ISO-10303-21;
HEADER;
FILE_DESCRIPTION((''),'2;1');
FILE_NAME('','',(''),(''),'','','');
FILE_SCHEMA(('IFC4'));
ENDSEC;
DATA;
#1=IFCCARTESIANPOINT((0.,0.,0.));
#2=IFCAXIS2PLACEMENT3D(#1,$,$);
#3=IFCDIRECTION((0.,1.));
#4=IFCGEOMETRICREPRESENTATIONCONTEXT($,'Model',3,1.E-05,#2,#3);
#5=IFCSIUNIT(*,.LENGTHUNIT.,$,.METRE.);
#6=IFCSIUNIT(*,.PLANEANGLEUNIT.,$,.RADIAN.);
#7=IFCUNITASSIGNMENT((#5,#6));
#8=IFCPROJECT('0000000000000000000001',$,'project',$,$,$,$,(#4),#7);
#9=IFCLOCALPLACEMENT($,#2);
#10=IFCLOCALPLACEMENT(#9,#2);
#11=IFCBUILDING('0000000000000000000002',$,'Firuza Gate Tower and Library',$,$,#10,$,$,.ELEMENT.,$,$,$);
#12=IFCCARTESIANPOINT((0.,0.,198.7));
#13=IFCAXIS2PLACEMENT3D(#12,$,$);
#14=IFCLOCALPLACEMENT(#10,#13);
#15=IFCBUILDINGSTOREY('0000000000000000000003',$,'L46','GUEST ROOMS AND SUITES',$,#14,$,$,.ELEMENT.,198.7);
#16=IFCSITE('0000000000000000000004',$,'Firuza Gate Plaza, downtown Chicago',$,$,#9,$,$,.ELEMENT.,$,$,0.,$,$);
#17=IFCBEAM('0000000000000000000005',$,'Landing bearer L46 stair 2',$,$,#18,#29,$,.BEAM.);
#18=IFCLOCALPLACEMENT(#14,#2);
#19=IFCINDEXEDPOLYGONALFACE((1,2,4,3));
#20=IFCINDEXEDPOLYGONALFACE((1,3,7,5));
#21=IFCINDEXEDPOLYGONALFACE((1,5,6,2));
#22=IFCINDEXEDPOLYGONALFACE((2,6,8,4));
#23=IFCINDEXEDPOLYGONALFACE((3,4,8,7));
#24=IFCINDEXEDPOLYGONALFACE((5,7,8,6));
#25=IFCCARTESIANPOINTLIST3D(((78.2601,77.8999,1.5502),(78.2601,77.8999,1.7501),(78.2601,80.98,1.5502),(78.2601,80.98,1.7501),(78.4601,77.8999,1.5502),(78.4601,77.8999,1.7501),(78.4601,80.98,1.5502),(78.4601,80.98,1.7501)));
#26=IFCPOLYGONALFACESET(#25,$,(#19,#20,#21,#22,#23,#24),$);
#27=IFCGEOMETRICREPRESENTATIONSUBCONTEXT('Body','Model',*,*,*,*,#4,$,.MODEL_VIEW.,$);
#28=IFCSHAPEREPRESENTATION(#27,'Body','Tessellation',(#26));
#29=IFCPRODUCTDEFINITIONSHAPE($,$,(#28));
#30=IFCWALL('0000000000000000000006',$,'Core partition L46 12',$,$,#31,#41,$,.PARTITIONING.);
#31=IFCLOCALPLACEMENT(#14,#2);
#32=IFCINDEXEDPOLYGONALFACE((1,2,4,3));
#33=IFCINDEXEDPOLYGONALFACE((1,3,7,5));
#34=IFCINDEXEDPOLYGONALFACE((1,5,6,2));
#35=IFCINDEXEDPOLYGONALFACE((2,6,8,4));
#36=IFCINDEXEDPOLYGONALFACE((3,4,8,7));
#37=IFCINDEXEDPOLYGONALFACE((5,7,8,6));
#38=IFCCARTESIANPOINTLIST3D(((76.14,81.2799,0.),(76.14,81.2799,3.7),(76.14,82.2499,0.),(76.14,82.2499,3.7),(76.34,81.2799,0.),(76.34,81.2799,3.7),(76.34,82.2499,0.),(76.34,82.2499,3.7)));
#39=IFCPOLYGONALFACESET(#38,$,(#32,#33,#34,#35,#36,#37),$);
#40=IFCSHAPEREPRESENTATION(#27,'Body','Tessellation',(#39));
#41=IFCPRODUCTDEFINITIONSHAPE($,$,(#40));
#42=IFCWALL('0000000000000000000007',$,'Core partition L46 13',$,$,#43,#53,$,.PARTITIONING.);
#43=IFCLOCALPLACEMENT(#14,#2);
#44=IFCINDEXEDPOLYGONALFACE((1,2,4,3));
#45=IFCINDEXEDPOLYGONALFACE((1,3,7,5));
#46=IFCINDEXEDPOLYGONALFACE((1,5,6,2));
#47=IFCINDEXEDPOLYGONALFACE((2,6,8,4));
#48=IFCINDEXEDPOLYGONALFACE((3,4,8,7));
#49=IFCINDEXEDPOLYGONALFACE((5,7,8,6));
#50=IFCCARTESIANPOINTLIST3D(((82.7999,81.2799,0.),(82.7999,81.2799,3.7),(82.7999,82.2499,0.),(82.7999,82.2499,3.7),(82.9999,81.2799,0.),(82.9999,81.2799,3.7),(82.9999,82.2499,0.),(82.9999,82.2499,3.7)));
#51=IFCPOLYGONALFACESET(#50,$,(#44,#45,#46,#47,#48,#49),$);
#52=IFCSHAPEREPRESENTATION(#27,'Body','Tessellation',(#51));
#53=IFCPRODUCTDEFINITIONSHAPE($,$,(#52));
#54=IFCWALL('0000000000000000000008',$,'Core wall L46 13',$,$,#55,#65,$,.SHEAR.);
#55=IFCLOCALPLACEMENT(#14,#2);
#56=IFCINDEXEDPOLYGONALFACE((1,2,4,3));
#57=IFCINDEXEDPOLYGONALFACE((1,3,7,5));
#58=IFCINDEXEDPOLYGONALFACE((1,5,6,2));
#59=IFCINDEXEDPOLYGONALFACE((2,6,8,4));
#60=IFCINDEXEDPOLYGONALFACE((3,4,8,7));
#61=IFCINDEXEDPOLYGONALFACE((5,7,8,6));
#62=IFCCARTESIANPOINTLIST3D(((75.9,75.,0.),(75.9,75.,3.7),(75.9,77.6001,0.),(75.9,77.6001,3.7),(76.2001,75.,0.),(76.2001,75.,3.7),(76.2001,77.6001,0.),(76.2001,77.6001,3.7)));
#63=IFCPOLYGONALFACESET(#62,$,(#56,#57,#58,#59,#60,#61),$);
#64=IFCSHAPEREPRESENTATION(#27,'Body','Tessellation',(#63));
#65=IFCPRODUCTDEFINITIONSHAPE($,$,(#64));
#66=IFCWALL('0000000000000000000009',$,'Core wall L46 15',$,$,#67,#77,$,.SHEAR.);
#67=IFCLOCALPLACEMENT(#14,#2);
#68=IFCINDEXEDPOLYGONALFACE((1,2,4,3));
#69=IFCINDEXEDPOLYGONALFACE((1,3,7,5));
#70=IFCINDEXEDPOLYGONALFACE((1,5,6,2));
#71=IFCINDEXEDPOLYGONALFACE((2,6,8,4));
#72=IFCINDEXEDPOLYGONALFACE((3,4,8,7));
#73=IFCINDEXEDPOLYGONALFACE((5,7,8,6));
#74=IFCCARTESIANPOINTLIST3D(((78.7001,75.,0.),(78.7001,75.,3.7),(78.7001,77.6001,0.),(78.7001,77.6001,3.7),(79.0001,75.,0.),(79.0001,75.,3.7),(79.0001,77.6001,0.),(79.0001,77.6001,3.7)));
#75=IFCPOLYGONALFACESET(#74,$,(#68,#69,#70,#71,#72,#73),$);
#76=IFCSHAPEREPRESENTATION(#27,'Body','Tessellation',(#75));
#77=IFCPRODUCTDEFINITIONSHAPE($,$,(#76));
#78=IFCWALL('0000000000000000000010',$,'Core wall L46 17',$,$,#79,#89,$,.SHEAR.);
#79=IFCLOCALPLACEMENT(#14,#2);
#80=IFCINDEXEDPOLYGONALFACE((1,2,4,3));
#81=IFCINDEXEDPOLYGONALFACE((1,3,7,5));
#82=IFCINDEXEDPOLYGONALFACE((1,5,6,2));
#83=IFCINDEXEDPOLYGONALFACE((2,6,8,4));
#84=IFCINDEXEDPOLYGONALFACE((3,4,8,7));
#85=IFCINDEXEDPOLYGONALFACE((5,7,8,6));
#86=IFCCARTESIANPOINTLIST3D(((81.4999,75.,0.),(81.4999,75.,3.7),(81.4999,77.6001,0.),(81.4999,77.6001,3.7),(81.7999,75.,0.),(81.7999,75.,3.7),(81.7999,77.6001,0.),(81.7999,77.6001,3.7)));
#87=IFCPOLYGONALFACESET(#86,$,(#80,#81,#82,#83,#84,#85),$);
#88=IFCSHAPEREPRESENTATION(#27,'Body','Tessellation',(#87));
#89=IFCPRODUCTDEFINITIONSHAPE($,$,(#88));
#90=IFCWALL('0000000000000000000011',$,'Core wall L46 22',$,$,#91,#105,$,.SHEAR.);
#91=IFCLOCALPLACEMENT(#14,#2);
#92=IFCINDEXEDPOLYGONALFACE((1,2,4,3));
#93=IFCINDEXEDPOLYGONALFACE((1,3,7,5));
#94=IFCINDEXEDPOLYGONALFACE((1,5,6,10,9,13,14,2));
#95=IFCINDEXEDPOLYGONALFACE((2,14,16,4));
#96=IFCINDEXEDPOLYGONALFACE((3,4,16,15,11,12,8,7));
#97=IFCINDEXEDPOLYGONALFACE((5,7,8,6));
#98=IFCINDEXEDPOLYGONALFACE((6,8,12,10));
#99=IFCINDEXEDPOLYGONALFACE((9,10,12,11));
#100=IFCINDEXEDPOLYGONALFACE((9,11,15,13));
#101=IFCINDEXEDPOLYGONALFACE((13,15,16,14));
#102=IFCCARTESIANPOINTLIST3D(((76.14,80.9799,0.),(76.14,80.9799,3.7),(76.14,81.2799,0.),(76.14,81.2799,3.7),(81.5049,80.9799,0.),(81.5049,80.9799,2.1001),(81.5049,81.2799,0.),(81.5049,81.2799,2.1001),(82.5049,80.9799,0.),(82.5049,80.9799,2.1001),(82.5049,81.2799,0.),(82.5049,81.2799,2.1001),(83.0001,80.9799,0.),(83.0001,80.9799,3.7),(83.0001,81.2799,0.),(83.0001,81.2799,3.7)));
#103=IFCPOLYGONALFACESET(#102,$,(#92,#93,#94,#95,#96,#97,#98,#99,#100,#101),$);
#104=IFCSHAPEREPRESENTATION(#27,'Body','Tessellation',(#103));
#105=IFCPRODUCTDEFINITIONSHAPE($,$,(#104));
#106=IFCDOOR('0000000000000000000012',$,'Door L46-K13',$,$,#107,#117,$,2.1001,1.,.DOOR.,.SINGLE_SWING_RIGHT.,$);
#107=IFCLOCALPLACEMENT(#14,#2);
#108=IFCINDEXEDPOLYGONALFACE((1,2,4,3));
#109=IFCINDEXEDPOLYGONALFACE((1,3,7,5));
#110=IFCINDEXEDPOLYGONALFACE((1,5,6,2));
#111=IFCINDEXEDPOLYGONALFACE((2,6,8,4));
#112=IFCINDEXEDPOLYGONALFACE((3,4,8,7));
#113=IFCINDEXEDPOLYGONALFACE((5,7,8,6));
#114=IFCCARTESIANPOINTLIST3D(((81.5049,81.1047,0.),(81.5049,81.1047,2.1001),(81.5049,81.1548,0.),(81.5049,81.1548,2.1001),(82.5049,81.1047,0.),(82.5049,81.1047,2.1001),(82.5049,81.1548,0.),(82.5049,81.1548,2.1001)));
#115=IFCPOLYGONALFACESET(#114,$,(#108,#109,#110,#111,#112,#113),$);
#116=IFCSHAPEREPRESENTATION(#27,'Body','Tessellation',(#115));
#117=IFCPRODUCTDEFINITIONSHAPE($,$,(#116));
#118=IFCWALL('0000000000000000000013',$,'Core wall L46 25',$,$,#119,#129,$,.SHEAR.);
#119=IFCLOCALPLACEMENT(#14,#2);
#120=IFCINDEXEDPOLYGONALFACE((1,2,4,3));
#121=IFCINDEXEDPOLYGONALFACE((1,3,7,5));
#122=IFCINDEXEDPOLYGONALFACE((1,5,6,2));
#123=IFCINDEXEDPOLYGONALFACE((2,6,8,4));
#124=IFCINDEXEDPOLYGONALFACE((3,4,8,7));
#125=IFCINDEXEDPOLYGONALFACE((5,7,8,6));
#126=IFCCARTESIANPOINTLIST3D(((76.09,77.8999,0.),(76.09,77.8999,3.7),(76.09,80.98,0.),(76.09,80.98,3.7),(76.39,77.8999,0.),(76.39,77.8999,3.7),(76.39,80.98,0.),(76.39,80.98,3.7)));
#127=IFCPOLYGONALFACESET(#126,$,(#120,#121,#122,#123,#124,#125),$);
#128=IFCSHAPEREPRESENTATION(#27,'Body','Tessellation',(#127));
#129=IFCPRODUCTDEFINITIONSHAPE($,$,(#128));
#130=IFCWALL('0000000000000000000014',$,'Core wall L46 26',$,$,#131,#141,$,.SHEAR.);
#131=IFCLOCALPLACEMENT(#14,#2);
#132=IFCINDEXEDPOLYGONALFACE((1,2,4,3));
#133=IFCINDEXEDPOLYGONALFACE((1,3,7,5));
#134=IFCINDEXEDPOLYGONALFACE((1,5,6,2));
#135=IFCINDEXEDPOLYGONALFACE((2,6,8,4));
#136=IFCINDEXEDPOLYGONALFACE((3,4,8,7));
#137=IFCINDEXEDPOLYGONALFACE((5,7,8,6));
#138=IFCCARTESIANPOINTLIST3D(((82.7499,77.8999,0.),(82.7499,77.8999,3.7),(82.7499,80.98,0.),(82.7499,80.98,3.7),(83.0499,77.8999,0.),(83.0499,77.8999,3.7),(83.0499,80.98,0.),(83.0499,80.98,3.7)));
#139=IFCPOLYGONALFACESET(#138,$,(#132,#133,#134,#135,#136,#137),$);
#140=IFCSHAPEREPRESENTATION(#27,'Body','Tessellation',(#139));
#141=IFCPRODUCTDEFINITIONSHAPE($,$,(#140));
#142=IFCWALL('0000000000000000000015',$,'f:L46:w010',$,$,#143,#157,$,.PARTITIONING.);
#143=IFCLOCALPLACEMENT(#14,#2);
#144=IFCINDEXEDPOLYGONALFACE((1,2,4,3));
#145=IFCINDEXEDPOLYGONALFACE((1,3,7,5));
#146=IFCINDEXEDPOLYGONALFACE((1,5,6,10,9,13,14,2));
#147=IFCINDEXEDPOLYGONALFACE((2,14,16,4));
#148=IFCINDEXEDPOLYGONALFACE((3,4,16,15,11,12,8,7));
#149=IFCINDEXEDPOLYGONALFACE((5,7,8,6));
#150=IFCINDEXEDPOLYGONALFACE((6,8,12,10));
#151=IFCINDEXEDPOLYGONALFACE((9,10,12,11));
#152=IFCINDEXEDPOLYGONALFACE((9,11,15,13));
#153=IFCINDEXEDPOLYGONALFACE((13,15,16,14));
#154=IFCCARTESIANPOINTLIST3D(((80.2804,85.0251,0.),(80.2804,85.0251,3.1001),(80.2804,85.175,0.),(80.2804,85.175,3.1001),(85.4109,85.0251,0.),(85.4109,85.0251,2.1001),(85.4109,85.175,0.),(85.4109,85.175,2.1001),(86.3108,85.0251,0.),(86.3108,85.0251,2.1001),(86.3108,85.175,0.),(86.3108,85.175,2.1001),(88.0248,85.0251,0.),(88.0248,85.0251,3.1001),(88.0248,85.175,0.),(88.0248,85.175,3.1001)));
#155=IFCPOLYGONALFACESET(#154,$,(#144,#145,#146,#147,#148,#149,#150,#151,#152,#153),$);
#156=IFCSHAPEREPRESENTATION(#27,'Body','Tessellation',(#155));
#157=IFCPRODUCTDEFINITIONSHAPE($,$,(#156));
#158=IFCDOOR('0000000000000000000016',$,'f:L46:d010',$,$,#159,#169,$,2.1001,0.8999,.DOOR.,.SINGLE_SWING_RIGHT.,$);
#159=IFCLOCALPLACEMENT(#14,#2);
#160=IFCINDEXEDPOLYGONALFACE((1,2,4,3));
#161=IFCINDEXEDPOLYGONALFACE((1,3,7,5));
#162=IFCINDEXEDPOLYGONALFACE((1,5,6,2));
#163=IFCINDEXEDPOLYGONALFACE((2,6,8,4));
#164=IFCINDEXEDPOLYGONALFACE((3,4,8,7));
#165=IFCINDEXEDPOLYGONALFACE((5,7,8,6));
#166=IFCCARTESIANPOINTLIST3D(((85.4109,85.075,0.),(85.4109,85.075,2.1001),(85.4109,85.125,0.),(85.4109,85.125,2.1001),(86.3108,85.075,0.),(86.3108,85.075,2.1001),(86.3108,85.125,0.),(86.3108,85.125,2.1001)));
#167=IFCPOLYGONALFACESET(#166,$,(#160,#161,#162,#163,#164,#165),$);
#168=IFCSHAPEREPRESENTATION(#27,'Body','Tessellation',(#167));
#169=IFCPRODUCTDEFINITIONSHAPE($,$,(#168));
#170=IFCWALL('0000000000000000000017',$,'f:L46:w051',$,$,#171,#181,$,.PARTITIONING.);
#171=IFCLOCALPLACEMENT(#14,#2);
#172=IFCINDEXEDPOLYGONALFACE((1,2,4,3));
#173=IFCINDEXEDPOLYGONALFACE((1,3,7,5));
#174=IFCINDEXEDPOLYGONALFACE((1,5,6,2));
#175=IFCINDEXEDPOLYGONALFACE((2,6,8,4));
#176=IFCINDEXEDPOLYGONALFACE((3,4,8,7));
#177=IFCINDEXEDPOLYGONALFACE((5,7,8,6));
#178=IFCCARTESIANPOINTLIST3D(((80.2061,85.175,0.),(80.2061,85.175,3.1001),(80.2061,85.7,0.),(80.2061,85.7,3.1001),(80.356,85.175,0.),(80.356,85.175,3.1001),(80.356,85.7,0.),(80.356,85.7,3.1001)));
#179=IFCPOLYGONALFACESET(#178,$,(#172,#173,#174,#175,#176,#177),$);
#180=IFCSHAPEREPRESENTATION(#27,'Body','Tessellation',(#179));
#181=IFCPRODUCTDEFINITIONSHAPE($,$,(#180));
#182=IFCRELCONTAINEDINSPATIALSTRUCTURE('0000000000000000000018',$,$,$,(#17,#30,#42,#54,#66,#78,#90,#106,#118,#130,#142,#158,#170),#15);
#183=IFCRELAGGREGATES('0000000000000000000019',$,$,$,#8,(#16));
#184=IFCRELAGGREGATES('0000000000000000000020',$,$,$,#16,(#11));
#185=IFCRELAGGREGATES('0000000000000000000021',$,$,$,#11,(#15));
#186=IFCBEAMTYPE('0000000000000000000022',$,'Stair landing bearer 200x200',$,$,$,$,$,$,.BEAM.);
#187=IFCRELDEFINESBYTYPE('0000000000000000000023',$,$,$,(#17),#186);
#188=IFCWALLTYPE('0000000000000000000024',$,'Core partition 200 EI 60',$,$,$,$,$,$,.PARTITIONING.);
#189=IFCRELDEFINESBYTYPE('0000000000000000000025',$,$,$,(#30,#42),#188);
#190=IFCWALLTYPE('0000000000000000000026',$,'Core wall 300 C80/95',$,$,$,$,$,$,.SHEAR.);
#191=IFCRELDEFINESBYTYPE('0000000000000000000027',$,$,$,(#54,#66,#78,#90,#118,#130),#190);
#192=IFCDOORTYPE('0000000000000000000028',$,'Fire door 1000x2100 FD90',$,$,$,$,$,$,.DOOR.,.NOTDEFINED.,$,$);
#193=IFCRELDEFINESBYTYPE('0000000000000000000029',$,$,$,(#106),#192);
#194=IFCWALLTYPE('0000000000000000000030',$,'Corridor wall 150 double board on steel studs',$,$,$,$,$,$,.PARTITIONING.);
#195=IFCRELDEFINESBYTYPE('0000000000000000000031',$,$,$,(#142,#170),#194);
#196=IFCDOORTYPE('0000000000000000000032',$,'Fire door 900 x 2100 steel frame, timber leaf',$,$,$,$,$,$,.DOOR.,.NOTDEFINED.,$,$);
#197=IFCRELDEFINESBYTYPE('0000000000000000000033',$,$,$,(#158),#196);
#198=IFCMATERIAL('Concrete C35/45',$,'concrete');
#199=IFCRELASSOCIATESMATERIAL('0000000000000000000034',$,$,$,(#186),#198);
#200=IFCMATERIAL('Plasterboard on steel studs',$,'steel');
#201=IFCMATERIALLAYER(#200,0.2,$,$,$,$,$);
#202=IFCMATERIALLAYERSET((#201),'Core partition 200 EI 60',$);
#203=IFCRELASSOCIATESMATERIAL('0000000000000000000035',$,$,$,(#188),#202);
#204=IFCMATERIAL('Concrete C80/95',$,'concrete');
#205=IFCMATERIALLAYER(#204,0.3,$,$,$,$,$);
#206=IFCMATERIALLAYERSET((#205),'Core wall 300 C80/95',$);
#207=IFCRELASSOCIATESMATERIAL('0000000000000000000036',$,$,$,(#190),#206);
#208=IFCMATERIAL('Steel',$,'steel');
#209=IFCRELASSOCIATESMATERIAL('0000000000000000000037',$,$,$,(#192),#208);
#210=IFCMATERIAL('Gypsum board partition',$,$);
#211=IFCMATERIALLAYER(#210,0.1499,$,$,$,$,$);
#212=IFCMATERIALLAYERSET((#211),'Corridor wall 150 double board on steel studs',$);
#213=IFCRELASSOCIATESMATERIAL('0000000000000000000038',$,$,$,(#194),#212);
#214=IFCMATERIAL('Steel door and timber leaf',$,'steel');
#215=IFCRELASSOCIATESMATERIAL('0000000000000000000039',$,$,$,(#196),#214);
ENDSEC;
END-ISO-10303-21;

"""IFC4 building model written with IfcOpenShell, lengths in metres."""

from ifc_helpers import new_model, si_unit, direction, frame, frame_2d, origin, origin_2d, place, context, subcontext, project, spatial, rectangle, extrude, material, layer, layer_set, material_profile, profile_set, type_object, element, fill, save


model = new_model("IFC4")

# Units and contexts
model_context = context("Model", 3, precision=1e-05, world=origin(), true_north=direction((0.0, 1.0)))
body_context = subcontext(model_context, "Body", "Model", "MODEL_VIEW")
ifc_project = project(units=[si_unit("LENGTHUNIT", "METRE"), si_unit("PLANEANGLEUNIT", "RADIAN")], contexts=[model_context])

# Site, building, storey
site_placement = place(None, origin())
site = spatial("IfcSite", under=ifc_project, at=site_placement, Name="Firuza Gate Plaza, downtown Chicago", CompositionType="ELEMENT", RefElevation=0.0)
building_placement = place(site_placement, origin())
building = spatial("IfcBuilding", under=site, at=building_placement, Name="Firuza Gate Tower and Library", CompositionType="ELEMENT")
storey_placement = place(building_placement, frame((0.0, 0.0, 198.7)))
storey = spatial("IfcBuildingStorey", under=building, at=storey_placement, Name="L46", Description="GUEST ROOMS AND SUITES", CompositionType="ELEMENT", Elevation=198.7)

# Beam
ifc_material_1 = material(Name="Concrete C35/45", Category="concrete")
ifc_material_profile = material_profile(ifc_material_1, rectangle(XDim=0.2, YDim=0.2, at=origin_2d()))
ifc_profile_set = profile_set([ifc_material_profile], Name="Concrete C35/45")
beam_type = type_object("IfcBeamType", Name="Stair landing bearer 200x200", PredefinedType="BEAM", material=ifc_profile_set)
beam_placement = place(storey_placement, frame((78.3601, 80.98, 1.6501), z_axis=(0.0, -1.0, 0.0), x_axis=(1.0, 0.0, 0.0)))
element("IfcBeam", 1, at=beam_placement, inside=storey, type_object=beam_type, Name="Landing bearer L46 stair 2", PredefinedType="BEAM", context=body_context, shape_type="SweptSolid", body=[
    extrude(rectangle(XDim=0.2, YDim=0.2, at=origin_2d()), origin(), (0.0, 0.0, 1.0), 3.0801),
])

# Walls
ifc_material_2 = material(Name="Plasterboard on steel studs", Category="steel")
ifc_layer_1 = layer(ifc_material_2, 0.2)
ifc_layer_set_1 = layer_set([ifc_layer_1], Name="Core partition 200 EI 60")
wall_type_1 = type_object("IfcWallType", Name="Core partition 200 EI 60", PredefinedType="PARTITIONING", material=ifc_layer_set_1)
for number, where, z_axis, x_axis, name in (
    (2, (76.24, 81.28, 0.0), (0.0, 0.0, 1.0), (0.0, 1.0, 0.0), "Core partition L46 12"),
    (3, (82.8999, 81.28, 0.0), (0.0, 0.0, 1.0), (0.0, 1.0, 0.0), "Core partition L46 13"),
):
    element("IfcWall", number, at=place(storey_placement, frame(where, z_axis=z_axis, x_axis=x_axis)), inside=storey, type_object=wall_type_1, Name=name, PredefinedType="PARTITIONING", context=body_context, shape_type="SweptSolid", body=[
        extrude(rectangle(XDim=0.97, YDim=0.2, at=frame_2d((0.4849, 0.0))), origin(), (0.0, 0.0, 1.0), 3.7),
    ])
ifc_material_3 = material(Name="Concrete C80/95", Category="concrete")
ifc_layer_2 = layer(ifc_material_3, 0.3)
ifc_layer_set_2 = layer_set([ifc_layer_2], Name="Core wall 300 C80/95")
wall_type_2 = type_object("IfcWallType", Name="Core wall 300 C80/95", PredefinedType="SHEAR", material=ifc_layer_set_2)
for number, where, z_axis, x_axis, name in (
    (4, (76.05, 75.0, 0.0), (0.0, 0.0, 1.0), (0.0, 1.0, 0.0), "Core wall L46 13"),
    (5, (78.8501, 75.0, 0.0), (0.0, 0.0, 1.0), (0.0, 1.0, 0.0), "Core wall L46 15"),
    (6, (81.6499, 75.0, 0.0), (0.0, 0.0, 1.0), (0.0, 1.0, 0.0), "Core wall L46 17"),
):
    element("IfcWall", number, at=place(storey_placement, frame(where, z_axis=z_axis, x_axis=x_axis)), inside=storey, type_object=wall_type_2, Name=name, PredefinedType="SHEAR", context=body_context, shape_type="SweptSolid", body=[
        extrude(rectangle(XDim=2.6001, YDim=0.3, at=frame_2d((1.3, 0.0))), origin(), (0.0, 0.0, 1.0), 3.7),
    ])

# Wall, opening, door
wall_1_placement = place(storey_placement, frame((76.1399, 81.1299, 0.0), z_axis=(0.0, 0.0, 1.0), x_axis=(1.0, 0.0, 0.0)))
wall_1 = element("IfcWall", 7, at=wall_1_placement, inside=storey, type_object=wall_type_2, Name="Core wall L46 22", PredefinedType="SHEAR", context=body_context, shape_type="SweptSolid", body=[
    extrude(rectangle(XDim=6.8601, YDim=0.3, at=frame_2d((3.4302, 0.0))), origin(), (0.0, 0.0, 1.0), 3.7),
])
opening_1_placement = place(wall_1_placement, frame((5.365, 0.0, 0.0)))
opening_1 = element("IfcOpeningElement", 8, at=opening_1_placement, cuts=wall_1, PredefinedType="OPENING", context=body_context, shape_type="SweptSolid", body=[
    extrude(rectangle(XDim=1.0, YDim=2.1001, at=frame_2d((0.5, 1.05))), frame((0.0, 0.1602, 0.0), z_axis=(0.0, -1.0, 0.0), x_axis=(1.0, 0.0, 0.0)), (0.0, 0.0, 1.0), 0.3201),
])
ifc_material_4 = material(Name="Steel", Category="steel")
door_type_1 = type_object("IfcDoorType", Name="Fire door 1000x2100 FD90", OperationType="NOTDEFINED", PredefinedType="DOOR", material=ifc_material_4)
door_1_placement = place(opening_1_placement, origin())
door_1 = element("IfcDoor", 9, at=door_1_placement, inside=storey, type_object=door_type_1, Name="Door L46-K13", OperationType="SINGLE_SWING_RIGHT", OverallHeight=2.1001, OverallWidth=1.0, PredefinedType="DOOR", context=body_context, shape_type="SweptSolid", body=[
    extrude(rectangle(XDim=1.0, YDim=2.1001, at=frame_2d((0.5, 1.05))), frame((0.0, 0.0249, 0.0), z_axis=(0.0, -1.0, 0.0), x_axis=(1.0, 0.0, 0.0)), (0.0, 0.0, 1.0), 0.05),
])
fill(opening_1, door_1)

# Walls
for number, where, z_axis, x_axis, name in (
    (10, (76.24, 77.8999, 0.0), (0.0, 0.0, 1.0), (0.0, 1.0, 0.0), "Core wall L46 25"),
    (11, (82.8999, 77.8999, 0.0), (0.0, 0.0, 1.0), (0.0, 1.0, 0.0), "Core wall L46 26"),
):
    element("IfcWall", number, at=place(storey_placement, frame(where, z_axis=z_axis, x_axis=x_axis)), inside=storey, type_object=wall_type_2, Name=name, PredefinedType="SHEAR", context=body_context, shape_type="SweptSolid", body=[
        extrude(rectangle(XDim=3.0801, YDim=0.3, at=frame_2d((1.54, 0.0))), origin(), (0.0, 0.0, 1.0), 3.7),
    ])

# Wall, opening, door
ifc_material_5 = material(Name="Gypsum board partition")
ifc_layer_3 = layer(ifc_material_5, 0.1499)
ifc_layer_set_3 = layer_set([ifc_layer_3], Name="Corridor wall 150 double board on steel studs")
wall_type_3 = type_object("IfcWallType", Name="Corridor wall 150 double board on steel studs", PredefinedType="PARTITIONING", material=ifc_layer_set_3)
wall_2_placement = place(storey_placement, frame((80.2805, 85.1001, 0.0), z_axis=(0.0, 0.0, 1.0), x_axis=(1.0, 0.0, 0.0)))
wall_2 = element("IfcWall", 12, at=wall_2_placement, inside=storey, type_object=wall_type_3, Name="f:L46:w010", PredefinedType="PARTITIONING", context=body_context, shape_type="SweptSolid", body=[
    extrude(rectangle(XDim=7.7444, YDim=0.1499, at=frame_2d((3.8721, 0.0))), origin(), (0.0, 0.0, 1.0), 3.1001),
])
opening_2_placement = place(wall_2_placement, frame((5.1304, 0.0, 0.0)))
opening_2 = element("IfcOpeningElement", 13, at=opening_2_placement, cuts=wall_2, PredefinedType="OPENING", context=body_context, shape_type="SweptSolid", body=[
    extrude(rectangle(XDim=0.8999, YDim=2.1001, at=frame_2d((0.45, 1.05))), frame((0.0, 0.085, 0.0), z_axis=(0.0, -1.0, 0.0), x_axis=(1.0, 0.0, 0.0)), (0.0, 0.0, 1.0), 0.1699),
])
ifc_material_6 = material(Name="Steel door and timber leaf", Category="steel")
door_type_2 = type_object("IfcDoorType", Name="Fire door 900 x 2100 steel frame, timber leaf", OperationType="NOTDEFINED", PredefinedType="DOOR", material=ifc_material_6)
door_2_placement = place(opening_2_placement, origin())
door_2 = element("IfcDoor", 14, at=door_2_placement, inside=storey, type_object=door_type_2, Name="f:L46:d010", OperationType="SINGLE_SWING_RIGHT", OverallHeight=2.1001, OverallWidth=0.8999, PredefinedType="DOOR", context=body_context, shape_type="SweptSolid", body=[
    extrude(rectangle(XDim=0.8999, YDim=2.1001, at=frame_2d((0.45, 1.05))), frame((0.0, 0.0249, 0.0), z_axis=(0.0, -1.0, 0.0), x_axis=(1.0, 0.0, 0.0)), (0.0, 0.0, 1.0), 0.05),
])
fill(opening_2, door_2)

# Wall
wall_3_placement = place(storey_placement, frame((80.281, 85.175, 0.0), z_axis=(0.0, 0.0, 1.0), x_axis=(0.0, 1.0, 0.0)))
element("IfcWall", 15, at=wall_3_placement, inside=storey, type_object=wall_type_3, Name="f:L46:w051", PredefinedType="PARTITIONING", context=body_context, shape_type="SweptSolid", body=[
    extrude(rectangle(XDim=0.5249, YDim=0.1499, at=frame_2d((0.2625, 0.0))), origin(), (0.0, 0.0, 1.0), 3.1001),
])

save(model, "model.ifc")
